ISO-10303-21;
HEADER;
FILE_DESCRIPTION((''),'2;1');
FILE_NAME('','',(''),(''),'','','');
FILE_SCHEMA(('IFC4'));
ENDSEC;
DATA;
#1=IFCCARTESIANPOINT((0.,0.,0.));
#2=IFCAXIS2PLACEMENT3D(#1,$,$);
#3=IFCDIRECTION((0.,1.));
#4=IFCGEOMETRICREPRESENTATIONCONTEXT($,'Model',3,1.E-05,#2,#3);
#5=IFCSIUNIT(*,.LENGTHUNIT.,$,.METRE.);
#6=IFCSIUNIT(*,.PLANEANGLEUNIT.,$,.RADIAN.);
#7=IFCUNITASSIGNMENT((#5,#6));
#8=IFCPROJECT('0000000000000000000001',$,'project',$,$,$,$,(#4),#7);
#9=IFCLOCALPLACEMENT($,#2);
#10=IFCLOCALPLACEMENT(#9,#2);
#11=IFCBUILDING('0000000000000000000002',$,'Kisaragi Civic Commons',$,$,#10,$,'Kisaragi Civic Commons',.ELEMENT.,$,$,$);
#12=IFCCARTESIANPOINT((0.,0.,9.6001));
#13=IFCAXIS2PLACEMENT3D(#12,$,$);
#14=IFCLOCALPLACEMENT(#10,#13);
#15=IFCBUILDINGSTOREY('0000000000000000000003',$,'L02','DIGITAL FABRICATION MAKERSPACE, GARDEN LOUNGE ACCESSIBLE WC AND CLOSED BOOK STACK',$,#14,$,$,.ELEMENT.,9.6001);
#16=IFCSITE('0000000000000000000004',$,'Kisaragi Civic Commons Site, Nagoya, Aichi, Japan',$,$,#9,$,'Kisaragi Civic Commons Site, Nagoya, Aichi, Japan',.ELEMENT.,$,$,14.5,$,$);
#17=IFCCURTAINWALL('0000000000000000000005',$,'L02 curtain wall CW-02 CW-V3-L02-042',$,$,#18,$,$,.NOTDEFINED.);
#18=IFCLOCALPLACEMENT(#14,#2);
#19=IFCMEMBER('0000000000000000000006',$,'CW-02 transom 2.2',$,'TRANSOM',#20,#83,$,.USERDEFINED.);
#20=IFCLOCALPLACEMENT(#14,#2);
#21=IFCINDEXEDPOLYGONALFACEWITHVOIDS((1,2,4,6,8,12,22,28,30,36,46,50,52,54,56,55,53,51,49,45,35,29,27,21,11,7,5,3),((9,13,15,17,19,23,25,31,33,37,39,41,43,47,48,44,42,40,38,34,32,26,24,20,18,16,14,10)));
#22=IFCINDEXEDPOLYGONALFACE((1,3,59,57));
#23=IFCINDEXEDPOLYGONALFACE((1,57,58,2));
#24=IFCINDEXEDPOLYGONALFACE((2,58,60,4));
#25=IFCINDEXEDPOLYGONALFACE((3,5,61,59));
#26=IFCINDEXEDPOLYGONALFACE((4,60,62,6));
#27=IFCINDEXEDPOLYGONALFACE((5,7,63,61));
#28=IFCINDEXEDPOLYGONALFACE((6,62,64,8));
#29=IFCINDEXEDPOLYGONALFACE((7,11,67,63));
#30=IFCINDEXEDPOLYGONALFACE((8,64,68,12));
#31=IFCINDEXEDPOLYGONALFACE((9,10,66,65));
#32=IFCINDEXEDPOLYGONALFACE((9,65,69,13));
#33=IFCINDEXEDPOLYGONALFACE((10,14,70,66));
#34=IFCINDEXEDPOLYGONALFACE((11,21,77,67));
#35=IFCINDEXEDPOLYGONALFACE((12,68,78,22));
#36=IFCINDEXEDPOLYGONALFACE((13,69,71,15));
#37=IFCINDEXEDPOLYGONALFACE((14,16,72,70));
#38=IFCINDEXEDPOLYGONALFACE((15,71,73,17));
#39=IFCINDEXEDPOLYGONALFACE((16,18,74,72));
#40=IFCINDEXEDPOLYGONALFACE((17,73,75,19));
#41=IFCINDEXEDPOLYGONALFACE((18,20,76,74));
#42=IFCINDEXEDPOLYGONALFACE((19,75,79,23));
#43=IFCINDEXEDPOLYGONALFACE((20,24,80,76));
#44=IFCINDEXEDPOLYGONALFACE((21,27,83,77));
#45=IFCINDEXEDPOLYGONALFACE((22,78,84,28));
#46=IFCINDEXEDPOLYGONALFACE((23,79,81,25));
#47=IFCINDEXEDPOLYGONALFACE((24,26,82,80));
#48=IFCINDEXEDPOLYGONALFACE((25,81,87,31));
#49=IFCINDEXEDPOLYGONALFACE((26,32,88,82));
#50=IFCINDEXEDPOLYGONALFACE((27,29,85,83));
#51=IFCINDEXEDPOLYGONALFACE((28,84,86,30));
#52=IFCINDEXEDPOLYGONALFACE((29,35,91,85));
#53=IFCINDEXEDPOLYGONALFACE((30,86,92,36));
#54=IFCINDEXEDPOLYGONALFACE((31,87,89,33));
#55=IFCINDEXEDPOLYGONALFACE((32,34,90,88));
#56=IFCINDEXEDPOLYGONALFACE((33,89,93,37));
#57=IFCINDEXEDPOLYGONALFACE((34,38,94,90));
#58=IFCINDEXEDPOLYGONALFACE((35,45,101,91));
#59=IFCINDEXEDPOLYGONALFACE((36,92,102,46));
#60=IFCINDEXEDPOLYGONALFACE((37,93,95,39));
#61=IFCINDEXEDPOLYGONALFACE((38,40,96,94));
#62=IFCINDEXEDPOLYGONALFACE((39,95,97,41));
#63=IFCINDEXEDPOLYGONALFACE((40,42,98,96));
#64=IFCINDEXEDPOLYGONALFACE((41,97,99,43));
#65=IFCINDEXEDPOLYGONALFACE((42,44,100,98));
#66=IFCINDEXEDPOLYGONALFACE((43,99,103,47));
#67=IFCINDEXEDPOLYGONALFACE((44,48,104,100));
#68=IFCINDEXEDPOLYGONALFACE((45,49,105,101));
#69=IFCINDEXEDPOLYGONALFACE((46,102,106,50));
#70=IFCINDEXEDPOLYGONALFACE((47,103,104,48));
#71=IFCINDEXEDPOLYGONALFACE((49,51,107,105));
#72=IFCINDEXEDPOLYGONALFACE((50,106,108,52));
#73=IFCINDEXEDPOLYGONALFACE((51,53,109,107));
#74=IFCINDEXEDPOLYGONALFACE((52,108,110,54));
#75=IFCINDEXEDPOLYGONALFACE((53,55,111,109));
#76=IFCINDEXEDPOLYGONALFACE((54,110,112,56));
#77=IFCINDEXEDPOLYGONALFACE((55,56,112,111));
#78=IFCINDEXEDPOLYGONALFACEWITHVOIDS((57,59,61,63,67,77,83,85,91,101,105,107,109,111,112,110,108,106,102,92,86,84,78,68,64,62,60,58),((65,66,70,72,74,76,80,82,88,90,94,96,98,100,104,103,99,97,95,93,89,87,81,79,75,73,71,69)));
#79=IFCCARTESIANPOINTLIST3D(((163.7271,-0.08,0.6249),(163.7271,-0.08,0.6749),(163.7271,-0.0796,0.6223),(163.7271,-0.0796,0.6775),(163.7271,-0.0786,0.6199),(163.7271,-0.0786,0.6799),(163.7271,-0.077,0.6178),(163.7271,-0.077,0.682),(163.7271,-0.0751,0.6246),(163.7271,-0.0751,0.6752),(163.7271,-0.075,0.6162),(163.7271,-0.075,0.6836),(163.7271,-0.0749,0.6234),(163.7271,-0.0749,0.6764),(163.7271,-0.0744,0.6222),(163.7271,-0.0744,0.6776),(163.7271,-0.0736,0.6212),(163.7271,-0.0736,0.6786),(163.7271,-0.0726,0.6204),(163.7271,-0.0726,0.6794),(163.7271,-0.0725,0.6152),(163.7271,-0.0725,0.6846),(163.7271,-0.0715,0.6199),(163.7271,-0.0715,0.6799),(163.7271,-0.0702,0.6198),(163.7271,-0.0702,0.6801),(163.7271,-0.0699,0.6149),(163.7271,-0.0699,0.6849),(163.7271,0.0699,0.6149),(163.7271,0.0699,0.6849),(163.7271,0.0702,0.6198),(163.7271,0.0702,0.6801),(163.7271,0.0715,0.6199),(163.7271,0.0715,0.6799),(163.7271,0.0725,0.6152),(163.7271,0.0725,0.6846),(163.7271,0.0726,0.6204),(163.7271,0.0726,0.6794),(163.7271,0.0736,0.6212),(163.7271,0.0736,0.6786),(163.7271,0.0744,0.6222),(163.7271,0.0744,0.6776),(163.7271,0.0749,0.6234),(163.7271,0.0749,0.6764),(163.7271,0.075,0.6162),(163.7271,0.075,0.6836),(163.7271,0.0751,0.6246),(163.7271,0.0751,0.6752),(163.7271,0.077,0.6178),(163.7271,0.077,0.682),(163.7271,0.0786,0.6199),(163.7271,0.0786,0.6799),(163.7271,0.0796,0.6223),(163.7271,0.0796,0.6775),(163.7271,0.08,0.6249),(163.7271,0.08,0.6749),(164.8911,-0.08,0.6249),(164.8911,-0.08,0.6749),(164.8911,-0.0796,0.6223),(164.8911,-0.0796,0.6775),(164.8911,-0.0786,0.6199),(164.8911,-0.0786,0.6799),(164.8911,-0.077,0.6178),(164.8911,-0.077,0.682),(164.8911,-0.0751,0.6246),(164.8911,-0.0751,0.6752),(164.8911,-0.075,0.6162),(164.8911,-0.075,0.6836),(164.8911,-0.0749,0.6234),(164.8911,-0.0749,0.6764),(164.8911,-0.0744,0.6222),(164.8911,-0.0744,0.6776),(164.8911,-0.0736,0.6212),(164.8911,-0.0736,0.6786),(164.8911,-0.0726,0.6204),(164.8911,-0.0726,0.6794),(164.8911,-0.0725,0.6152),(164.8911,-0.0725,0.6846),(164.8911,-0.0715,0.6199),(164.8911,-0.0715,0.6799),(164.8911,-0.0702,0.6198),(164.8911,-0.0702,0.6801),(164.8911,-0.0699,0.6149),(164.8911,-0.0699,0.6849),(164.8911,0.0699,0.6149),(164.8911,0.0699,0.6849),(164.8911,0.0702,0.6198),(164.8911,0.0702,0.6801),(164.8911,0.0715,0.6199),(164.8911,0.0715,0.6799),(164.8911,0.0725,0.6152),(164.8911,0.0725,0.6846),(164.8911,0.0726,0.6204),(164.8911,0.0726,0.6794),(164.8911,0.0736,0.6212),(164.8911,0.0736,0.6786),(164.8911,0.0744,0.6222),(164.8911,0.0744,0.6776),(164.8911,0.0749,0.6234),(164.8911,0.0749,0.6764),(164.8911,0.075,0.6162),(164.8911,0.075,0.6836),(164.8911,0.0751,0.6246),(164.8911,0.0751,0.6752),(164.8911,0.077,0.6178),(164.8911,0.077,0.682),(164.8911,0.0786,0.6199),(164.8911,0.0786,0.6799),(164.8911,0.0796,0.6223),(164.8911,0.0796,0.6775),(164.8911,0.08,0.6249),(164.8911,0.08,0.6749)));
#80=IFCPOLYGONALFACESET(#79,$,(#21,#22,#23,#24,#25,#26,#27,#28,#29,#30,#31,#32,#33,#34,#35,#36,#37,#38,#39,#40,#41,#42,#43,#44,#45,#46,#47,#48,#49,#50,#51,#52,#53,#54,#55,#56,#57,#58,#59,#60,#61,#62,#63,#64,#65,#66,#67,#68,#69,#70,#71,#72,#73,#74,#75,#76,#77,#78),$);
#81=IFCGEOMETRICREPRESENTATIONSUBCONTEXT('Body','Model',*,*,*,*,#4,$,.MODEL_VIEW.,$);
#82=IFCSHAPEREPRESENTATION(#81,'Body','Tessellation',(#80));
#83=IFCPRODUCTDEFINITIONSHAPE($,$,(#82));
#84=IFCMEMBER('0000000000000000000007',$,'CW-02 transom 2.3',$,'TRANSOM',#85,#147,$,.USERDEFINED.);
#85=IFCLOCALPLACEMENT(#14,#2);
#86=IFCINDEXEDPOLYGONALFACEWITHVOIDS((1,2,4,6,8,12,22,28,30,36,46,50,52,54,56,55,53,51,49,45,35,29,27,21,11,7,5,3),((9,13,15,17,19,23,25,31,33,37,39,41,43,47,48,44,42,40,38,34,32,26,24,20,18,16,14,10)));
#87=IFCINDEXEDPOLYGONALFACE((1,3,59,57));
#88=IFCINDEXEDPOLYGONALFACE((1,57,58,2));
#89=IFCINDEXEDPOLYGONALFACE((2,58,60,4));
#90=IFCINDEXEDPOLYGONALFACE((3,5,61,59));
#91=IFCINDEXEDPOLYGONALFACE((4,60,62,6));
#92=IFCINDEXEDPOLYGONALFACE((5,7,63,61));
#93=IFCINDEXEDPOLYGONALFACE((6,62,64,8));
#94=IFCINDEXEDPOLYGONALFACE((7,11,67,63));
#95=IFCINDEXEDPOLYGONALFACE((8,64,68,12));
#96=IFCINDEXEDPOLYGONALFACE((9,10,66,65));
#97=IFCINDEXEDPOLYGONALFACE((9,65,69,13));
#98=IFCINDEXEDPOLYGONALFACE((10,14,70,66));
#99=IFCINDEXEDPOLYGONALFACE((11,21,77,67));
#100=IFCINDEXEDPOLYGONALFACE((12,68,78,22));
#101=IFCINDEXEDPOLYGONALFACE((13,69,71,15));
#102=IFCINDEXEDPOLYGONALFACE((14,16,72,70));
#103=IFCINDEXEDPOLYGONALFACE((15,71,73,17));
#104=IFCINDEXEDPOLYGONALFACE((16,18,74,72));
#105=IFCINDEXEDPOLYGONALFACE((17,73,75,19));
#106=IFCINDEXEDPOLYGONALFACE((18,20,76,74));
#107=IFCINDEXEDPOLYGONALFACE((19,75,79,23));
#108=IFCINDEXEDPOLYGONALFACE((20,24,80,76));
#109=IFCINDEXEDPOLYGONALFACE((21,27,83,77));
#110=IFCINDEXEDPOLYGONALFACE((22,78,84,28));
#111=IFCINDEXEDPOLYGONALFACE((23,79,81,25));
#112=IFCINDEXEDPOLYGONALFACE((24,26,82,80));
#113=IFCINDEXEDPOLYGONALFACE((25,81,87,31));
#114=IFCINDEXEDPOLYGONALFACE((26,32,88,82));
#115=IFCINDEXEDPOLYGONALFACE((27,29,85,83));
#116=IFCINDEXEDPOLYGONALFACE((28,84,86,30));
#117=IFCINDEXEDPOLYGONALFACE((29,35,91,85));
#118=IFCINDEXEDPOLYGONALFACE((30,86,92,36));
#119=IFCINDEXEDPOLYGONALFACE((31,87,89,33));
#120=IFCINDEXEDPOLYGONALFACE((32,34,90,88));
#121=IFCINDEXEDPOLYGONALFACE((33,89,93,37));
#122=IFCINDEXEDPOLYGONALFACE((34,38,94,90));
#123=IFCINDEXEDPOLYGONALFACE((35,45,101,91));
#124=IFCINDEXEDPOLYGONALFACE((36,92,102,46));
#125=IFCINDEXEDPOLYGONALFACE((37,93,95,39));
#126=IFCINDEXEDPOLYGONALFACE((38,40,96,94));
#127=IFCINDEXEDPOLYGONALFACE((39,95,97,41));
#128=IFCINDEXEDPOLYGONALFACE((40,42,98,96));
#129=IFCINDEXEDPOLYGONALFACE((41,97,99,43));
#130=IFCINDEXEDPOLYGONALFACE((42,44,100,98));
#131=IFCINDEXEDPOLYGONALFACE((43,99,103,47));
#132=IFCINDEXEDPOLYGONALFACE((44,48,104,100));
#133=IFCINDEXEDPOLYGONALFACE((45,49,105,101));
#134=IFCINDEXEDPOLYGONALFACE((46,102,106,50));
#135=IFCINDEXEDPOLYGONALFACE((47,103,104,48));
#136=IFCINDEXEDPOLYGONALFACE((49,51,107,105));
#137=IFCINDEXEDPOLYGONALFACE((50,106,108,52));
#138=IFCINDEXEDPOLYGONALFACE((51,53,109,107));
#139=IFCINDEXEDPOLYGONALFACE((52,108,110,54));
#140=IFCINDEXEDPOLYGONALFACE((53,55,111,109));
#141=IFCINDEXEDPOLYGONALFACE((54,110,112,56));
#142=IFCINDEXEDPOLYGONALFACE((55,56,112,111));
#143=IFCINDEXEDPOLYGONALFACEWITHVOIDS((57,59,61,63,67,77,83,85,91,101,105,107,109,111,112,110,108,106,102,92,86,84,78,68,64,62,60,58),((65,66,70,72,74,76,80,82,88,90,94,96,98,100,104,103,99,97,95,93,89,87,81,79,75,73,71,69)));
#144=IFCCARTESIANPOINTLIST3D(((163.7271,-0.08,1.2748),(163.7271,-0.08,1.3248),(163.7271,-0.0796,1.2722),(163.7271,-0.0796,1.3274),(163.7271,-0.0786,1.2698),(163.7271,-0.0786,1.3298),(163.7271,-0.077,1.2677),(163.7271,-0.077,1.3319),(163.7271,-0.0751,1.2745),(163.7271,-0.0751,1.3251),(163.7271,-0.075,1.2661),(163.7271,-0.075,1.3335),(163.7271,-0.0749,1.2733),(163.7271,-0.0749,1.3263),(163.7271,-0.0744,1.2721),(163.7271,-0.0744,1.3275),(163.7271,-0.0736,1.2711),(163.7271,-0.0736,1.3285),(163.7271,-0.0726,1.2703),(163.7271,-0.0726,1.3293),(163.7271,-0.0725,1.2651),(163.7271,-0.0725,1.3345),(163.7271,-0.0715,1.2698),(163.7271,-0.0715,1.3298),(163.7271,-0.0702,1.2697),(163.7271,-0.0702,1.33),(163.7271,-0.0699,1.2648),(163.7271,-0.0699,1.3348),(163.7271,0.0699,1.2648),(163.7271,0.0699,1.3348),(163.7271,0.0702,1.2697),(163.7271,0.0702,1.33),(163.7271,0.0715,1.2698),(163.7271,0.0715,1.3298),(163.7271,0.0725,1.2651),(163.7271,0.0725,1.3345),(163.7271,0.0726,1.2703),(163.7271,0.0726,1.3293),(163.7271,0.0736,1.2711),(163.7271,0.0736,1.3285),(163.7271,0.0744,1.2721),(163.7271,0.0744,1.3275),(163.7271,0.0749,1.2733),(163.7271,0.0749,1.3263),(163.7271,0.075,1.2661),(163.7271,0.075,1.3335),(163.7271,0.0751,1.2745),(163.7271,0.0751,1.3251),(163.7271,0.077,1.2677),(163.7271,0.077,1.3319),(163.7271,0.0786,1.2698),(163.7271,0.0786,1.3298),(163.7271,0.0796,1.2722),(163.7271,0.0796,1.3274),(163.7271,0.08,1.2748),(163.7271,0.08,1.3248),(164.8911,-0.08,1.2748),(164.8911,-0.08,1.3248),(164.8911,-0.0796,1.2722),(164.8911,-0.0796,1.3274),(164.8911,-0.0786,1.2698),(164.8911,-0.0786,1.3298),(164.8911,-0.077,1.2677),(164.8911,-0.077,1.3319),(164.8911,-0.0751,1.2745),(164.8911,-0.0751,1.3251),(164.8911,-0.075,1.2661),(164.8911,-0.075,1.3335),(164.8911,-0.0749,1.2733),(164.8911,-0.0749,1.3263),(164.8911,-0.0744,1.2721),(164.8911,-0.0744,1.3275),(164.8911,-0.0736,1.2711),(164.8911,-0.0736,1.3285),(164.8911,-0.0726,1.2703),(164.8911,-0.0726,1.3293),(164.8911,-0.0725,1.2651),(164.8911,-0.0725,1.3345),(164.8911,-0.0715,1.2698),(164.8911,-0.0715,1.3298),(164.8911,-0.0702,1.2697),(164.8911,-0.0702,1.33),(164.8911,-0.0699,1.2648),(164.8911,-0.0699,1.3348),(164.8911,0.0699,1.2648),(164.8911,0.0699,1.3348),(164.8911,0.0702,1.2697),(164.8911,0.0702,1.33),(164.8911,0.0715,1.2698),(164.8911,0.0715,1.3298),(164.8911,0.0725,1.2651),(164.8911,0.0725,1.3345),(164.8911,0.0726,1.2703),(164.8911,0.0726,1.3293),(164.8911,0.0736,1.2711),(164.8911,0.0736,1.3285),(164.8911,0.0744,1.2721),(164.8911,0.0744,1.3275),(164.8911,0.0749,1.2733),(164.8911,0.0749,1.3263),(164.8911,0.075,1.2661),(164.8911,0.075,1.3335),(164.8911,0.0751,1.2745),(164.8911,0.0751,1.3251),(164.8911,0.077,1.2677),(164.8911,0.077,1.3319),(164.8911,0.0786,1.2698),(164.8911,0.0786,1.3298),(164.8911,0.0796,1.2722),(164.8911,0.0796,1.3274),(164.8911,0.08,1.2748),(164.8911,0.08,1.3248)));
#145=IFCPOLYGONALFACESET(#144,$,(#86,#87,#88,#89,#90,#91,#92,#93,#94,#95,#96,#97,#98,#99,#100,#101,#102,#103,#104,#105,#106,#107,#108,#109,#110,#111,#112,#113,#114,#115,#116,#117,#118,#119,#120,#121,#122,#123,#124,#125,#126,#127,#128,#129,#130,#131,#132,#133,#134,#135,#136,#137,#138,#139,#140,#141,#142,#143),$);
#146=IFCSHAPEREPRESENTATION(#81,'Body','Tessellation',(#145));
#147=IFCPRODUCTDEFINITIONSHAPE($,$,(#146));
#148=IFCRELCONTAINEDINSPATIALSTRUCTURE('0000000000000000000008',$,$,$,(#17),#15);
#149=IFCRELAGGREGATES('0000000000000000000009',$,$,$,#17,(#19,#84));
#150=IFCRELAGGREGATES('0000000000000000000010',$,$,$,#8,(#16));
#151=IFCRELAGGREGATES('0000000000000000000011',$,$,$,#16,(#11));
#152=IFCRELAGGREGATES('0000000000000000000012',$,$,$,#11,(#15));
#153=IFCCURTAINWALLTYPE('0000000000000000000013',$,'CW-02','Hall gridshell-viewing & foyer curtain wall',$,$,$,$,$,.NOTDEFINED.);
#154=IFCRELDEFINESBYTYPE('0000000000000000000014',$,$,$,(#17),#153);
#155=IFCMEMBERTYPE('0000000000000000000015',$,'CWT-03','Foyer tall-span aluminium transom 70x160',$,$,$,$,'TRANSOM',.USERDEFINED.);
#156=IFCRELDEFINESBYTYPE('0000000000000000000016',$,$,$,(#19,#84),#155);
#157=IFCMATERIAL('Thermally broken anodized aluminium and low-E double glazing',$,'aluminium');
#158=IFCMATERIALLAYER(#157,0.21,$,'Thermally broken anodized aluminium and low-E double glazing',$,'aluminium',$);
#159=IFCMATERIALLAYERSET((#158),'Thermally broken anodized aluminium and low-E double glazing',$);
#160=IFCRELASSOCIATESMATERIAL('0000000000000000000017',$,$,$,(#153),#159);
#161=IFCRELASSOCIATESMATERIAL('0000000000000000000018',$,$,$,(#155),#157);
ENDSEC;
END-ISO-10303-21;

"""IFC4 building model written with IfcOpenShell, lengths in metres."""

from ifc_helpers import new_model, si_unit, direction, frame, origin, origin_2d, place, context, subcontext, project, spatial, hollow_rectangle, extrude, material, layer, layer_set, material_profile, profile_set, type_object, element, aggregate, save


model = new_model("IFC4")

# Units and contexts
model_context = context("Model", 3, precision=1e-05, world=origin(), true_north=direction((0.0, 1.0)))
body_context = subcontext(model_context, "Body", "Model", "MODEL_VIEW")
ifc_project = project(units=[si_unit("LENGTHUNIT", "METRE"), si_unit("PLANEANGLEUNIT", "RADIAN")], contexts=[model_context])

# Site, building, storey
site_placement = place(None, origin())
site = spatial("IfcSite", under=ifc_project, at=site_placement, Name="Kisaragi Civic Commons Site, Nagoya, Aichi, Japan", LongName="Kisaragi Civic Commons Site, Nagoya, Aichi, Japan", CompositionType="ELEMENT", RefElevation=14.5)
building_placement = place(site_placement, origin())
building = spatial("IfcBuilding", under=site, at=building_placement, Name="Kisaragi Civic Commons", LongName="Kisaragi Civic Commons", CompositionType="ELEMENT")
storey_placement = place(building_placement, frame((0.0, 0.0, 9.6001)))
storey = spatial("IfcBuildingStorey", under=building, at=storey_placement, Name="L02", Description="DIGITAL FABRICATION MAKERSPACE, GARDEN LOUNGE ACCESSIBLE WC AND CLOSED BOOK STACK", CompositionType="ELEMENT", Elevation=9.6001)

# Shared definitions
ifc_material_1 = material(Name="Thermally broken anodized aluminium and low-E double glazing", Category="aluminium")
ifc_layer_1 = layer(ifc_material_1, 0.21, Name="Thermally broken anodized aluminium and low-E double glazing", Category="aluminium")
ifc_layer_set_1 = layer_set([ifc_layer_1], Name="Thermally broken anodized aluminium and low-E double glazing")
curtain_wall_type = type_object("IfcCurtainWallType", Name="CW-02", Description="Hall gridshell-viewing & foyer curtain wall", PredefinedType="NOTDEFINED", material=ifc_layer_set_1)

# Curtain wall
curtain_wall_1_placement = place(storey_placement, origin())
curtain_wall_1 = element("IfcCurtainWall", 1, at=curtain_wall_1_placement, inside=storey, type_object=curtain_wall_type, Name="L02 curtain wall CW-02 CW-V3-L02-042", PredefinedType="NOTDEFINED")

# Members
ifc_material_profile_1 = material_profile(ifc_material_1, hollow_rectangle(XDim=0.1599, YDim=0.0701, WallThickness=0.0049, InnerFilletRadius=0.0049, OuterFilletRadius=0.01, at=origin_2d()), Name="CWT-70x160x5", Category="aluminium")
ifc_profile_set_1 = profile_set([ifc_material_profile_1], Name="Thermally broken anodized aluminium and low-E double glazing")
member_type_1 = type_object("IfcMemberType", Name="CWT-03", Description="Foyer tall-span aluminium transom 70x160", ElementType="TRANSOM", PredefinedType="USERDEFINED", material=ifc_profile_set_1)
member_1_placement = place(storey_placement, frame((164.8911, 0.0, 0.6499), z_axis=(-1.0, 0.0, 0.0), x_axis=(0.0, -1.0, 0.0)))
member_1 = element("IfcMember", 2, at=member_1_placement, type_object=member_type_1, Name="CW-02 transom 2.2", ObjectType="TRANSOM", PredefinedType="USERDEFINED", context=body_context, shape_type="SweptSolid", body=[
    extrude(hollow_rectangle(XDim=0.1599, YDim=0.0701, WallThickness=0.0049, InnerFilletRadius=0.0049, OuterFilletRadius=0.01, at=origin_2d()), origin(), (0.0, 0.0, 1.0), 1.1641),
])
member_2_placement = place(storey_placement, frame((164.8911, 0.0, 1.2998), z_axis=(-1.0, 0.0, 0.0), x_axis=(0.0, -1.0, 0.0)))
member_2 = element("IfcMember", 3, at=member_2_placement, type_object=member_type_1, Name="CW-02 transom 2.3", ObjectType="TRANSOM", PredefinedType="USERDEFINED", context=body_context, shape_type="SweptSolid", body=[
    extrude(hollow_rectangle(XDim=0.1599, YDim=0.0701, WallThickness=0.0049, InnerFilletRadius=0.0049, OuterFilletRadius=0.01, at=origin_2d()), origin(), (0.0, 0.0, 1.0), 1.1641),
])

aggregate(curtain_wall_1, [member_1, member_2])

save(model, "model.ifc")
